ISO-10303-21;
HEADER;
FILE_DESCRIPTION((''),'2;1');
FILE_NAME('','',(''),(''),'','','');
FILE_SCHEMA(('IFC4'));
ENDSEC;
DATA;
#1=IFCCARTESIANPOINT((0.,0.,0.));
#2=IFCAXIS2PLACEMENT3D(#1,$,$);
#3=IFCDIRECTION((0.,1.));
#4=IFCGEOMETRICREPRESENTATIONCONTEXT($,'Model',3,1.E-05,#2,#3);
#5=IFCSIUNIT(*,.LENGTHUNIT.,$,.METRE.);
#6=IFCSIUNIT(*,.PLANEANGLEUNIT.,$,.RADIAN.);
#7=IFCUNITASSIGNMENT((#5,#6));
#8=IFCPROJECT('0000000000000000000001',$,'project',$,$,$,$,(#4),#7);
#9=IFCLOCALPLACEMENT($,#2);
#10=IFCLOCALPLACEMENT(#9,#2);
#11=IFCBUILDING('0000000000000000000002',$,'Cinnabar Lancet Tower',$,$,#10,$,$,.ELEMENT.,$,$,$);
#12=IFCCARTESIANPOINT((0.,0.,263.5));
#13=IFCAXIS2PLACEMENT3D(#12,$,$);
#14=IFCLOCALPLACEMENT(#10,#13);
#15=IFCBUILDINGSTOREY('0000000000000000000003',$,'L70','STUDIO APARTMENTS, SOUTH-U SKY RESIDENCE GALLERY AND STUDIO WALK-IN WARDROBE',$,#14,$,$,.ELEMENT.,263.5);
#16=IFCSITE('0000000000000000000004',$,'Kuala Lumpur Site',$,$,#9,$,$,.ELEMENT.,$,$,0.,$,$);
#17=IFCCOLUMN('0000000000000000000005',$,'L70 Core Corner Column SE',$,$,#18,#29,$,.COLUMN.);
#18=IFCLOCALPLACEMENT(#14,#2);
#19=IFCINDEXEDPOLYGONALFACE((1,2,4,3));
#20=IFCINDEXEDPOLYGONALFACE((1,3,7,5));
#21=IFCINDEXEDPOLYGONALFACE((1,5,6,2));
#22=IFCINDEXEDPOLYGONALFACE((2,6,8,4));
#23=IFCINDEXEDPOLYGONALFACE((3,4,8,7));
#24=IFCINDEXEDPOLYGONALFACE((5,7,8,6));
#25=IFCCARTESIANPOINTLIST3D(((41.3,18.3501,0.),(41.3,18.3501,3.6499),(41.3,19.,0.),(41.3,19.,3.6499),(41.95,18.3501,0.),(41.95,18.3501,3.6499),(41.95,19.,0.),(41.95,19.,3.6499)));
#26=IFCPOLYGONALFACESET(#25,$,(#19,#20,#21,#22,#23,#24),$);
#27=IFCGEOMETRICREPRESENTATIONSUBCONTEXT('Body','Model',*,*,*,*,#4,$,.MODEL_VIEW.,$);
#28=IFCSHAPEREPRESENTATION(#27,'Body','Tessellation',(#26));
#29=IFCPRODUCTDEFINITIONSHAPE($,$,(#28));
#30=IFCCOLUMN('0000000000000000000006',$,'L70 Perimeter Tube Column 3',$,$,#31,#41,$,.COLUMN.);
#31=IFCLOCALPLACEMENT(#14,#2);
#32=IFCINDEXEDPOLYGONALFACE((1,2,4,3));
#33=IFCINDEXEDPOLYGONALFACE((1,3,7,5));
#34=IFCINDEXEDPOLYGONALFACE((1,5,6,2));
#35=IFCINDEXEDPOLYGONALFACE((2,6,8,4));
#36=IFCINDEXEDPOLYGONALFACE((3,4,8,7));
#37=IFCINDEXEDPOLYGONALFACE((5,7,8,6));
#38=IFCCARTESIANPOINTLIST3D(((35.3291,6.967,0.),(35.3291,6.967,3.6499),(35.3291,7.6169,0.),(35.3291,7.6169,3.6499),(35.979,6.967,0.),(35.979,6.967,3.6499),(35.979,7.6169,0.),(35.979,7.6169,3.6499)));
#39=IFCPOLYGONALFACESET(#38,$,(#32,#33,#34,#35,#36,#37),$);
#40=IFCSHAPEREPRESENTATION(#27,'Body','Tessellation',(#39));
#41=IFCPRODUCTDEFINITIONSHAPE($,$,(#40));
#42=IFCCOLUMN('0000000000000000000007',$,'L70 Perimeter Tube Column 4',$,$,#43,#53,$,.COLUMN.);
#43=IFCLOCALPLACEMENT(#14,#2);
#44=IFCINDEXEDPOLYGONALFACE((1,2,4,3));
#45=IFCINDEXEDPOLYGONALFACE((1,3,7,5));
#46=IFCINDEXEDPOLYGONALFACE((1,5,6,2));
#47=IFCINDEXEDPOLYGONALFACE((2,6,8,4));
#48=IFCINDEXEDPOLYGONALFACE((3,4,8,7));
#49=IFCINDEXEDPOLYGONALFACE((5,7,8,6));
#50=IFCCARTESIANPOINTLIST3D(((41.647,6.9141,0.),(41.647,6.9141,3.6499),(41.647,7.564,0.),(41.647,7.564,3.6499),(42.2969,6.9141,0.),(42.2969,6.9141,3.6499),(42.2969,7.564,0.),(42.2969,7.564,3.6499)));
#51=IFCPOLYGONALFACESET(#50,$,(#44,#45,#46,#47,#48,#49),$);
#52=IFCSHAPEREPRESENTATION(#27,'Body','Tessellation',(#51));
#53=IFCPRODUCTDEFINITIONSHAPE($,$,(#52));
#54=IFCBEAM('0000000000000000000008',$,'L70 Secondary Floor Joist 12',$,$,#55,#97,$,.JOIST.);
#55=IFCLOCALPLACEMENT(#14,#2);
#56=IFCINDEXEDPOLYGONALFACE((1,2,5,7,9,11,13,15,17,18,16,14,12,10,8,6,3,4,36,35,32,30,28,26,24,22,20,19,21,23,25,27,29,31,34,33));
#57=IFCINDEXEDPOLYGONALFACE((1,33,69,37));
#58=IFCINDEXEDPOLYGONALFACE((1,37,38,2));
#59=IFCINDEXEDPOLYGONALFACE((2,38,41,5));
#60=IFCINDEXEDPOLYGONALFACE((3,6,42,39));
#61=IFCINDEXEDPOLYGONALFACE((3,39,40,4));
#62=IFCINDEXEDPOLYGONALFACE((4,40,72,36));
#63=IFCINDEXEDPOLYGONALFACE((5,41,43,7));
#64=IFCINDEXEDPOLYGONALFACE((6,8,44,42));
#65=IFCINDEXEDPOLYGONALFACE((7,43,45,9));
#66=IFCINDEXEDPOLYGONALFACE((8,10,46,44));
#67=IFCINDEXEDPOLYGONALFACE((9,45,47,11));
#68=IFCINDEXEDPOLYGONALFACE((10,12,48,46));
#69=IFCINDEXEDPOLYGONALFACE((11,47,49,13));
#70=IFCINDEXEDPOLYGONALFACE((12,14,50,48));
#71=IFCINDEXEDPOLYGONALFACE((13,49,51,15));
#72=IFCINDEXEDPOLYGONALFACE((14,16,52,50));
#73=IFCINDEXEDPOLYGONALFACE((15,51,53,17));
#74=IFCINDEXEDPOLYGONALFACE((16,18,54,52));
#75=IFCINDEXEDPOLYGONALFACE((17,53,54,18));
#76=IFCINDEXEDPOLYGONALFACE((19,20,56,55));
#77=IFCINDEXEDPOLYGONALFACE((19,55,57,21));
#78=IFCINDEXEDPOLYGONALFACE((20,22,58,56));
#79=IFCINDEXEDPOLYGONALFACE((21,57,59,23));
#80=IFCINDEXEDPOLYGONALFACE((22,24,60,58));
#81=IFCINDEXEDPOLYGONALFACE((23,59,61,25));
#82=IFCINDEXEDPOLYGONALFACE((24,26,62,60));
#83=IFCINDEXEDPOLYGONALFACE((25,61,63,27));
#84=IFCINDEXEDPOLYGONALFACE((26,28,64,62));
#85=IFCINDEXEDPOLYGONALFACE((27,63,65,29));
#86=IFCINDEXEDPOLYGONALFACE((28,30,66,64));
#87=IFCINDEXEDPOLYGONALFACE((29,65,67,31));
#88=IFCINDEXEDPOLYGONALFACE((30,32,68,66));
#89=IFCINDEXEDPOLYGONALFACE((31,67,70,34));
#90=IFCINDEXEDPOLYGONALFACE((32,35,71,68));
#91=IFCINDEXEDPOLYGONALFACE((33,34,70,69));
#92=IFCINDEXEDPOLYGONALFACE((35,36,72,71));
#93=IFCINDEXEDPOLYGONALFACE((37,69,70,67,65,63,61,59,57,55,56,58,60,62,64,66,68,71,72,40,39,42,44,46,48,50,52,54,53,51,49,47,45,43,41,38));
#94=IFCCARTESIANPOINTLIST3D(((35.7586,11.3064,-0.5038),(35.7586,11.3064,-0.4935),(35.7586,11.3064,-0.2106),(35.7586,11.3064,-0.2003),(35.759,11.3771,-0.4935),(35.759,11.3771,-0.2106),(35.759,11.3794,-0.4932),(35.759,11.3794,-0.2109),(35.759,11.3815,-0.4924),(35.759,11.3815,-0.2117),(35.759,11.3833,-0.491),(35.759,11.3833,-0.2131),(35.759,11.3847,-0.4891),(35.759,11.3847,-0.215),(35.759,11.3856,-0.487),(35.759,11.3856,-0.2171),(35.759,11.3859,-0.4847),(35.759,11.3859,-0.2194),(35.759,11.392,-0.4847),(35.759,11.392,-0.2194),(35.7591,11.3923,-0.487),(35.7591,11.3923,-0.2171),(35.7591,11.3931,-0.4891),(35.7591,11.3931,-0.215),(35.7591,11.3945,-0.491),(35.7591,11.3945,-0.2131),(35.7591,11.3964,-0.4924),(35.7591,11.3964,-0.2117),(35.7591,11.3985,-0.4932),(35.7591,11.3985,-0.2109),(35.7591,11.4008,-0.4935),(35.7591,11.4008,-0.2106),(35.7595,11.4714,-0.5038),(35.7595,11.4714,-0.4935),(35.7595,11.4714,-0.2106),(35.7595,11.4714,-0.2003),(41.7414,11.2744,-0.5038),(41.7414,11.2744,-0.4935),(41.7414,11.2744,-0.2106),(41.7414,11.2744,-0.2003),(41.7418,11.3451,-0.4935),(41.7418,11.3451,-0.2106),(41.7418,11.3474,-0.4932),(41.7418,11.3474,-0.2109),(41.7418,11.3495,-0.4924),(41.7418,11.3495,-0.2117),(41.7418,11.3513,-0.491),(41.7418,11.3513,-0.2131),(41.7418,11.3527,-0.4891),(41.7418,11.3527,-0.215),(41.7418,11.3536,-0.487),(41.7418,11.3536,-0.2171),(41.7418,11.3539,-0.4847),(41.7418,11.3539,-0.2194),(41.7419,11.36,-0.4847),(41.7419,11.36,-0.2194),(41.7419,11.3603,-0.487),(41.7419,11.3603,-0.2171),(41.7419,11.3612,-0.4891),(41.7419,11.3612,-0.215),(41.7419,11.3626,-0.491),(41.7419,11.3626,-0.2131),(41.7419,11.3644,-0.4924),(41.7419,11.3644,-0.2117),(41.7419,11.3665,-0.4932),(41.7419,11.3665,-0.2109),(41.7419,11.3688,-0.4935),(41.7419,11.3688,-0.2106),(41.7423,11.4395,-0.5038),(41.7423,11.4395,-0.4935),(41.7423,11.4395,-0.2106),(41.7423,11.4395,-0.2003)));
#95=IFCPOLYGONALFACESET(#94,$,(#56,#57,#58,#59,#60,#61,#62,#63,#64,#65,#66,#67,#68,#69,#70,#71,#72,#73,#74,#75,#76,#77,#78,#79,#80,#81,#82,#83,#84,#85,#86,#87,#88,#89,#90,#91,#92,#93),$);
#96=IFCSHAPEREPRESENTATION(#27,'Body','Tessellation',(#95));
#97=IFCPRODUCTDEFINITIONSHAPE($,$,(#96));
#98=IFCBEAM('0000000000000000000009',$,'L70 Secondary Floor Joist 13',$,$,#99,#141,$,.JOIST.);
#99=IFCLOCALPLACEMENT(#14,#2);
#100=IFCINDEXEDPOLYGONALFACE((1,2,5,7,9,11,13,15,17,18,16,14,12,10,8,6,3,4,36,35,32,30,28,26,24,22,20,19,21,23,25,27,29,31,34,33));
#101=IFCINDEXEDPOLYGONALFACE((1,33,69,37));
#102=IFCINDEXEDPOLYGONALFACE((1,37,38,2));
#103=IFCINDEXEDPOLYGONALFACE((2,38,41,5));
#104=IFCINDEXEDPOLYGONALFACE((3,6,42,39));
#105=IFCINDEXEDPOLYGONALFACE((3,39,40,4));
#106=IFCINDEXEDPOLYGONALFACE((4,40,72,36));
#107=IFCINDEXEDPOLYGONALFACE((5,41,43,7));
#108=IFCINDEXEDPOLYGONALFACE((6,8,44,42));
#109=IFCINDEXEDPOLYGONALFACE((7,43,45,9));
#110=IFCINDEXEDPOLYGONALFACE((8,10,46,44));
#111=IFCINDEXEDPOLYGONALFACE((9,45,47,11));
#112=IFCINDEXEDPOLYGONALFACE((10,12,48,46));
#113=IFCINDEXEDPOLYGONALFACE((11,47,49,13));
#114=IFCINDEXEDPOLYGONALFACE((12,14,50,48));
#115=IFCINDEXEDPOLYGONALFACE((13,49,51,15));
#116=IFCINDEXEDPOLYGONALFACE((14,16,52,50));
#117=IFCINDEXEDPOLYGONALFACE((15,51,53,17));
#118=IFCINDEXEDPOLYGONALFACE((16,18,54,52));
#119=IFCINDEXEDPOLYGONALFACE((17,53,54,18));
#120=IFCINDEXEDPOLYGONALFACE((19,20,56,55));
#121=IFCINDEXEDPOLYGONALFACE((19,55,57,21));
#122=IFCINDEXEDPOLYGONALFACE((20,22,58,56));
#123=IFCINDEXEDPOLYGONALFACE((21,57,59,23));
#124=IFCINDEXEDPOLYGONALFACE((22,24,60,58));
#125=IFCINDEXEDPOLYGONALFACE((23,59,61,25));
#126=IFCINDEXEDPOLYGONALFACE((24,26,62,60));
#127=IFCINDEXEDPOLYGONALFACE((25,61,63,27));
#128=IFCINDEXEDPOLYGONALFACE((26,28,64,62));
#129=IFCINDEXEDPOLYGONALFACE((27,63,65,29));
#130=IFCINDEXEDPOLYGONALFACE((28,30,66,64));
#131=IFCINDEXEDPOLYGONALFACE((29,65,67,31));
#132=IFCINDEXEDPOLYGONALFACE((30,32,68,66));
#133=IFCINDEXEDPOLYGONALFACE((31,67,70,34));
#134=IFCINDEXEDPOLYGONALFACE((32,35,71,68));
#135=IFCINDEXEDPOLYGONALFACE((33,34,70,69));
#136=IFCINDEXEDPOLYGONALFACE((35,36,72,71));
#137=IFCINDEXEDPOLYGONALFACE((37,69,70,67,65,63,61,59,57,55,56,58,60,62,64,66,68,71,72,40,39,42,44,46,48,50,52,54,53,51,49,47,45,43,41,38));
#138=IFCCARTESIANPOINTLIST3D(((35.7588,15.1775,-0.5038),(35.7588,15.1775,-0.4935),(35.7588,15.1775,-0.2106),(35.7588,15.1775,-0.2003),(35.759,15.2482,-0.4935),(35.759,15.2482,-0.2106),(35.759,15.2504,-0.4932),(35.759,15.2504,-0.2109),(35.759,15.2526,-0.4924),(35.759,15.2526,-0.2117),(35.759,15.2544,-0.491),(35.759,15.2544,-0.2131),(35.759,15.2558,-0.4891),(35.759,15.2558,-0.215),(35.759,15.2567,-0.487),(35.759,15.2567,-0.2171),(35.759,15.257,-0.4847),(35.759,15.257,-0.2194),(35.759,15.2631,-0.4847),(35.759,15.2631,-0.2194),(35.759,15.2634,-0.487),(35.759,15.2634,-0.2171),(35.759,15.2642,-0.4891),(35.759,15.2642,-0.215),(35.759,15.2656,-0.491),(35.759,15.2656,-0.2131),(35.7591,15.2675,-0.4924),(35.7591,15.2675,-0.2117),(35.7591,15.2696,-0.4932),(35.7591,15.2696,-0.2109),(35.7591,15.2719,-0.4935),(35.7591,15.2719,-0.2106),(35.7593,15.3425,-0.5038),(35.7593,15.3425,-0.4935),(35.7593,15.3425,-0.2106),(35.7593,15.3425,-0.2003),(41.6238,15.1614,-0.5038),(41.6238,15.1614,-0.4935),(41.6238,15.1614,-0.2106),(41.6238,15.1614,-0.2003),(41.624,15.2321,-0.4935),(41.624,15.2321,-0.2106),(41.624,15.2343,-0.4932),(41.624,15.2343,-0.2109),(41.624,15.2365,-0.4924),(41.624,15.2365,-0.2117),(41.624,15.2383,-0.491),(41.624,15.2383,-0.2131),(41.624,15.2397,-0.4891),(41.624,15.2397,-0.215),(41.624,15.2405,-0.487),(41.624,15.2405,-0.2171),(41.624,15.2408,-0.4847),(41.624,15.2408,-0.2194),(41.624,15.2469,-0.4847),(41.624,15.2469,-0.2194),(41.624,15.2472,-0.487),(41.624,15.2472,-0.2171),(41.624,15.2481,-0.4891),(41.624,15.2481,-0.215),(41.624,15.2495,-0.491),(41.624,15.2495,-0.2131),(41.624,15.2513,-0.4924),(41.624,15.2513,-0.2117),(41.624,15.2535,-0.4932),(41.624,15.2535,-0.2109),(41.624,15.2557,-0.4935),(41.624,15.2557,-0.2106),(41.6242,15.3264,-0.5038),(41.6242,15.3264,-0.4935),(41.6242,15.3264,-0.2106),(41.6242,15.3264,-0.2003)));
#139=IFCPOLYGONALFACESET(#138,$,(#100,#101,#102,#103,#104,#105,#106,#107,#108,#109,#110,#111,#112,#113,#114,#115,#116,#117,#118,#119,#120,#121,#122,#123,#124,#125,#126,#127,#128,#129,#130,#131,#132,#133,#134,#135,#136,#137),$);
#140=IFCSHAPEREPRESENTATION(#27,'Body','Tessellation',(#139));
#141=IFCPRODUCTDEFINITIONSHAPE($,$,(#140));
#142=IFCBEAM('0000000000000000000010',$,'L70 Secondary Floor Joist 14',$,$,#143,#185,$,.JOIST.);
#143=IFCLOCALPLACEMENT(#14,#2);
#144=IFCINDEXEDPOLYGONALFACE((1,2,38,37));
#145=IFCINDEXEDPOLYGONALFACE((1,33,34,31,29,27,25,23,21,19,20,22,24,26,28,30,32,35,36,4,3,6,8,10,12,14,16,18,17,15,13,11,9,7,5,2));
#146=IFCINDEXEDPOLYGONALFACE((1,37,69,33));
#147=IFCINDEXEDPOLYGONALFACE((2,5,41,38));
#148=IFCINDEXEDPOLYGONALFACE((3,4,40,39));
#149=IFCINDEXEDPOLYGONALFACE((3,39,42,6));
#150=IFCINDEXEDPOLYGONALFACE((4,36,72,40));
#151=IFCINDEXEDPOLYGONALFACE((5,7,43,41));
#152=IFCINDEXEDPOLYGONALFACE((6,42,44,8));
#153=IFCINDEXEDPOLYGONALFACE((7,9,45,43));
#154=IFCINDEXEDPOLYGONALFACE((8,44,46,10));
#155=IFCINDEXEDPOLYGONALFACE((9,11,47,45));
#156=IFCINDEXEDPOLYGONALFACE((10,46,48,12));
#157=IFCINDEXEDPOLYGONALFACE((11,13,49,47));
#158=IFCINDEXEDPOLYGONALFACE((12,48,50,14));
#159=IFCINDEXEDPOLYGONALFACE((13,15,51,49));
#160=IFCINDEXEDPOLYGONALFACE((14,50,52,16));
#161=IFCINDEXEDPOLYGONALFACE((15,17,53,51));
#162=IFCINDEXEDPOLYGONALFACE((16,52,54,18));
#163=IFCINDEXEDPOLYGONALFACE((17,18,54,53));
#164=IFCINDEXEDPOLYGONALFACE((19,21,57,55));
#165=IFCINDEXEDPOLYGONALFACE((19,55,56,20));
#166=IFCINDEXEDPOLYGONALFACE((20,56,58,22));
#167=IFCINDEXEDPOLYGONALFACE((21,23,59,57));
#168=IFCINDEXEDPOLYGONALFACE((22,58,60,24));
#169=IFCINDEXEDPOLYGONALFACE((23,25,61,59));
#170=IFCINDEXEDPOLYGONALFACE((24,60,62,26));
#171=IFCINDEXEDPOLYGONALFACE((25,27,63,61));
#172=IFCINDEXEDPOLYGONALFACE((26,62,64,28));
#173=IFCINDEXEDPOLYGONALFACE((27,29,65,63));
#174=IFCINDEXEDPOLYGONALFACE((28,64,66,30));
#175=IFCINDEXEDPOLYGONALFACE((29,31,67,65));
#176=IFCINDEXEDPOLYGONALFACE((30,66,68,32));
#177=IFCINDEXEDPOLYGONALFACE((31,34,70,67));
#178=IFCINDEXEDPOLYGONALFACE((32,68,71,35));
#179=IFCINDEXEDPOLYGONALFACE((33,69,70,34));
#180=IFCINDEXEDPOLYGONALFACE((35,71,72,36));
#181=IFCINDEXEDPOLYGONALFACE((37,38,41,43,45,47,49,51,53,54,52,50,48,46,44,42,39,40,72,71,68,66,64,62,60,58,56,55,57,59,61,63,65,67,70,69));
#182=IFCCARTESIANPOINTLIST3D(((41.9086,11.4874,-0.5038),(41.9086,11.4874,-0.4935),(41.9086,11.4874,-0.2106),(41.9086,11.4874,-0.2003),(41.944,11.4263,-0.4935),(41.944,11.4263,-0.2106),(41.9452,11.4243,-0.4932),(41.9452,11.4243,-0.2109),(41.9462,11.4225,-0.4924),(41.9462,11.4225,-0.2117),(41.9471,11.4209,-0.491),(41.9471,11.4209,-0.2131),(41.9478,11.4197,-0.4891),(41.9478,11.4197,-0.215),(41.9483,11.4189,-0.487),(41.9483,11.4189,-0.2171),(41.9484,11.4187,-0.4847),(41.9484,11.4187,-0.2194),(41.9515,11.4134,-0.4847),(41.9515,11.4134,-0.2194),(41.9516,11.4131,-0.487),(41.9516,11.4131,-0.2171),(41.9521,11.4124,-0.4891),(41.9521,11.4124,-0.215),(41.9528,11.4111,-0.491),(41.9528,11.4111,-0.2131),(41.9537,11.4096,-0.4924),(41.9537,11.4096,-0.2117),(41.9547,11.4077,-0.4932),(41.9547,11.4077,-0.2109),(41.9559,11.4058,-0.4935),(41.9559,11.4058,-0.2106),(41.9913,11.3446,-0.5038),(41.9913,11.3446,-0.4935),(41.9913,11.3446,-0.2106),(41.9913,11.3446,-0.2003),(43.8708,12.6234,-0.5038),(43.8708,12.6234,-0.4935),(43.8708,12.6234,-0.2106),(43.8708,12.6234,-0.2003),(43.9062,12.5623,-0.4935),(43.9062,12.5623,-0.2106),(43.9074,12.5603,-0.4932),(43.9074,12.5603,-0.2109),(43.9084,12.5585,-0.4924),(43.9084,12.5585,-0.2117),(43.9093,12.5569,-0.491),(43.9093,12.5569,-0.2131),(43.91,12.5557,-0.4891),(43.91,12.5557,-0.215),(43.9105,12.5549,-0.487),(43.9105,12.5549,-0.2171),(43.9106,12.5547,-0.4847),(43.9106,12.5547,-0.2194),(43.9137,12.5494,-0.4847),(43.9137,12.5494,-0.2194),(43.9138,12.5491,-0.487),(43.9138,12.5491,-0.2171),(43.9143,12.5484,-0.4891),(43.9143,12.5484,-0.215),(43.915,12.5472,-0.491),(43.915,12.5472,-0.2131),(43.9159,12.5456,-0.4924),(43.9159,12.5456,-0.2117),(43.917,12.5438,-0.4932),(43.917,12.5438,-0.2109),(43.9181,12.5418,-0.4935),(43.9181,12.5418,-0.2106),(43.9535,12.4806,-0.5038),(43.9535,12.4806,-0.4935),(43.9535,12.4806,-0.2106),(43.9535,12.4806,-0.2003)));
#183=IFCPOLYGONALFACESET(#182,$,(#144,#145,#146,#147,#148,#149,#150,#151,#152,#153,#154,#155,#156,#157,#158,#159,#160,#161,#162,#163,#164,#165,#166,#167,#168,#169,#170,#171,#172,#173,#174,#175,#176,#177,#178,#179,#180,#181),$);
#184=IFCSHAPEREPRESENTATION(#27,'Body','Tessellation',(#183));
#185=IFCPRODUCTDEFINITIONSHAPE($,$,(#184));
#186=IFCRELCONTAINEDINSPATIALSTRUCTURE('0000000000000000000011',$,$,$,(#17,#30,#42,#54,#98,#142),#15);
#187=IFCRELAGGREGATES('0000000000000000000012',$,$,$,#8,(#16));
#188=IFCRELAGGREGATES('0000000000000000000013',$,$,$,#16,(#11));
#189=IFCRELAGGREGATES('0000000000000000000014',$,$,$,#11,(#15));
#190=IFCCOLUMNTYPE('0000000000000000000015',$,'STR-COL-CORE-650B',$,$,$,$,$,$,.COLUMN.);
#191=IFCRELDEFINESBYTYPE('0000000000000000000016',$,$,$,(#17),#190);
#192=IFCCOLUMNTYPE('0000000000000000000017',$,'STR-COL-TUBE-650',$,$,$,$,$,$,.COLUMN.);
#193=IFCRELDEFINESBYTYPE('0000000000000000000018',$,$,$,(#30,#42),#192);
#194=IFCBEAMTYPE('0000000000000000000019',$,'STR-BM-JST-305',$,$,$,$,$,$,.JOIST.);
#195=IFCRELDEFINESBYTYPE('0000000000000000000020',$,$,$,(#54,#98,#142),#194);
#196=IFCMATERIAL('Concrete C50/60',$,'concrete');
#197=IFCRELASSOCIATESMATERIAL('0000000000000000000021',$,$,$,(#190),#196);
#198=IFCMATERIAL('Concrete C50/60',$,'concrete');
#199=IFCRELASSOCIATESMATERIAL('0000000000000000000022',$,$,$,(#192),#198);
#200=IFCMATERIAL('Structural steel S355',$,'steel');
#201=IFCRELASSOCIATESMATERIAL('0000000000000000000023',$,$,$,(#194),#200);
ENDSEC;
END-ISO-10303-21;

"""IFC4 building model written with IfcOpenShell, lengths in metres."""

from ifc_helpers import new_model, si_unit, direction, frame, origin, origin_2d, place, context, subcontext, project, spatial, rectangle, i_section, extrude, material, material_profile, profile_set, type_object, element, save


model = new_model("IFC4")

# Units and contexts
model_context = context("Model", 3, precision=1e-05, world=origin(), true_north=direction((0.0, 1.0)))
body_context = subcontext(model_context, "Body", "Model", "MODEL_VIEW")
ifc_project = project(units=[si_unit("LENGTHUNIT", "METRE"), si_unit("PLANEANGLEUNIT", "RADIAN")], contexts=[model_context])

# Site, building, storey
site_placement = place(None, origin())
site = spatial("IfcSite", under=ifc_project, at=site_placement, Name="Kuala Lumpur Site", CompositionType="ELEMENT", RefElevation=0.0)
building_placement = place(site_placement, origin())
building = spatial("IfcBuilding", under=site, at=building_placement, Name="Cinnabar Lancet Tower", CompositionType="ELEMENT")
storey_placement = place(building_placement, frame((0.0, 0.0, 263.5)))
storey = spatial("IfcBuildingStorey", under=building, at=storey_placement, Name="L70", Description="STUDIO APARTMENTS, SOUTH-U SKY RESIDENCE GALLERY AND STUDIO WALK-IN WARDROBE", CompositionType="ELEMENT", Elevation=263.5)

# Columns
ifc_material_1 = material(Name="Concrete C50/60", Category="concrete")
ifc_material_profile_1 = material_profile(ifc_material_1, rectangle(XDim=0.6499, YDim=0.6499, at=origin_2d()), Name="RC-COL 650x650")
ifc_profile_set_1 = profile_set([ifc_material_profile_1], Name="Concrete C50/60")
column_type_1 = type_object("IfcColumnType", Name="STR-COL-CORE-650B", PredefinedType="COLUMN", material=ifc_profile_set_1)
column_placement = place(storey_placement, frame((41.625, 18.675, 0.0), z_axis=(0.0, 0.0, 1.0), x_axis=(1.0, 0.0, 0.0)))
element("IfcColumn", 1, at=column_placement, inside=storey, type_object=column_type_1, Name="L70 Core Corner Column SE", PredefinedType="COLUMN", context=body_context, shape_type="SweptSolid", body=[
    extrude(rectangle(XDim=0.6499, YDim=0.6499, at=origin_2d()), origin(), (0.0, 0.0, 1.0), 3.6499),
])
ifc_material_2 = material(Name="Concrete C50/60", Category="concrete")
ifc_material_profile_2 = material_profile(ifc_material_2, rectangle(XDim=0.6499, YDim=0.6499, at=origin_2d()), Name="RC-COL 650x650")
ifc_profile_set_2 = profile_set([ifc_material_profile_2], Name="Concrete C50/60")
column_type_2 = type_object("IfcColumnType", Name="STR-COL-TUBE-650", PredefinedType="COLUMN", material=ifc_profile_set_2)
for number, where, z_axis, x_axis, name in (
    (2, (35.6541, 7.292, 0.0), (0.0, 0.0, 1.0), (1.0, 0.0, 0.0), "L70 Perimeter Tube Column 3"),
    (3, (41.9719, 7.239, 0.0), (0.0, 0.0, 1.0), (1.0, 0.0, 0.0), "L70 Perimeter Tube Column 4"),
):
    element("IfcColumn", number, at=place(storey_placement, frame(where, z_axis=z_axis, x_axis=x_axis)), inside=storey, type_object=column_type_2, Name=name, PredefinedType="COLUMN", context=body_context, shape_type="SweptSolid", body=[
        extrude(rectangle(XDim=0.6499, YDim=0.6499, at=origin_2d()), origin(), (0.0, 0.0, 1.0), 3.6499),
    ])

# Beams
ifc_material_3 = material(Name="Structural steel S355", Category="steel")
ifc_material_profile_3 = material_profile(ifc_material_3, i_section(OverallWidth=0.165, OverallDepth=0.3035, WebThickness=0.0061, FlangeThickness=0.0103, FilletRadius=0.0088, at=origin_2d()), Name="UKB 305x165x40")
ifc_profile_set_3 = profile_set([ifc_material_profile_3], Name="Structural steel S355")
beam_type_1 = type_object("IfcBeamType", Name="STR-BM-JST-305", PredefinedType="JOIST", material=ifc_profile_set_3)
beam_1_placement = place(storey_placement, frame((35.759, 11.3889, -0.3521), z_axis=(0.999986, -0.005346, 0.0), x_axis=(0.005346, 0.999986, 0.0)))
element("IfcBeam", 4, at=beam_1_placement, inside=storey, type_object=beam_type_1, Name="L70 Secondary Floor Joist 12", PredefinedType="JOIST", context=body_context, shape_type="SweptSolid", body=[
    extrude(i_section(OverallWidth=0.165, OverallDepth=0.3035, WebThickness=0.0061, FlangeThickness=0.0103, FilletRadius=0.0088, at=origin_2d()), origin(), (0.0, 0.0, 1.0), 5.9829),
])
beam_2_placement = place(storey_placement, frame((35.759, 15.26, -0.3521), z_axis=(0.999996, -0.002747, 0.0), x_axis=(0.002747, 0.999996, 0.0)))
element("IfcBeam", 5, at=beam_2_placement, inside=storey, type_object=beam_type_1, Name="L70 Secondary Floor Joist 13", PredefinedType="JOIST", context=body_context, shape_type="SweptSolid", body=[
    extrude(i_section(OverallWidth=0.165, OverallDepth=0.3035, WebThickness=0.0061, FlangeThickness=0.0103, FilletRadius=0.0088, at=origin_2d()), origin(), (0.0, 0.0, 1.0), 5.865),
])
beam_3_placement = place(storey_placement, frame((41.95, 11.416, -0.3521), z_axis=(0.865426, 0.501036, 0.0), x_axis=(-0.501036, 0.865426, 0.0)))
element("IfcBeam", 6, at=beam_3_placement, inside=storey, type_object=beam_type_1, Name="L70 Secondary Floor Joist 14", PredefinedType="JOIST", context=body_context, shape_type="SweptSolid", body=[
    extrude(i_section(OverallWidth=0.165, OverallDepth=0.3035, WebThickness=0.0061, FlangeThickness=0.0103, FilletRadius=0.0088, at=origin_2d()), origin(), (0.0, 0.0, 1.0), 2.2673),
])

save(model, "model.ifc")
